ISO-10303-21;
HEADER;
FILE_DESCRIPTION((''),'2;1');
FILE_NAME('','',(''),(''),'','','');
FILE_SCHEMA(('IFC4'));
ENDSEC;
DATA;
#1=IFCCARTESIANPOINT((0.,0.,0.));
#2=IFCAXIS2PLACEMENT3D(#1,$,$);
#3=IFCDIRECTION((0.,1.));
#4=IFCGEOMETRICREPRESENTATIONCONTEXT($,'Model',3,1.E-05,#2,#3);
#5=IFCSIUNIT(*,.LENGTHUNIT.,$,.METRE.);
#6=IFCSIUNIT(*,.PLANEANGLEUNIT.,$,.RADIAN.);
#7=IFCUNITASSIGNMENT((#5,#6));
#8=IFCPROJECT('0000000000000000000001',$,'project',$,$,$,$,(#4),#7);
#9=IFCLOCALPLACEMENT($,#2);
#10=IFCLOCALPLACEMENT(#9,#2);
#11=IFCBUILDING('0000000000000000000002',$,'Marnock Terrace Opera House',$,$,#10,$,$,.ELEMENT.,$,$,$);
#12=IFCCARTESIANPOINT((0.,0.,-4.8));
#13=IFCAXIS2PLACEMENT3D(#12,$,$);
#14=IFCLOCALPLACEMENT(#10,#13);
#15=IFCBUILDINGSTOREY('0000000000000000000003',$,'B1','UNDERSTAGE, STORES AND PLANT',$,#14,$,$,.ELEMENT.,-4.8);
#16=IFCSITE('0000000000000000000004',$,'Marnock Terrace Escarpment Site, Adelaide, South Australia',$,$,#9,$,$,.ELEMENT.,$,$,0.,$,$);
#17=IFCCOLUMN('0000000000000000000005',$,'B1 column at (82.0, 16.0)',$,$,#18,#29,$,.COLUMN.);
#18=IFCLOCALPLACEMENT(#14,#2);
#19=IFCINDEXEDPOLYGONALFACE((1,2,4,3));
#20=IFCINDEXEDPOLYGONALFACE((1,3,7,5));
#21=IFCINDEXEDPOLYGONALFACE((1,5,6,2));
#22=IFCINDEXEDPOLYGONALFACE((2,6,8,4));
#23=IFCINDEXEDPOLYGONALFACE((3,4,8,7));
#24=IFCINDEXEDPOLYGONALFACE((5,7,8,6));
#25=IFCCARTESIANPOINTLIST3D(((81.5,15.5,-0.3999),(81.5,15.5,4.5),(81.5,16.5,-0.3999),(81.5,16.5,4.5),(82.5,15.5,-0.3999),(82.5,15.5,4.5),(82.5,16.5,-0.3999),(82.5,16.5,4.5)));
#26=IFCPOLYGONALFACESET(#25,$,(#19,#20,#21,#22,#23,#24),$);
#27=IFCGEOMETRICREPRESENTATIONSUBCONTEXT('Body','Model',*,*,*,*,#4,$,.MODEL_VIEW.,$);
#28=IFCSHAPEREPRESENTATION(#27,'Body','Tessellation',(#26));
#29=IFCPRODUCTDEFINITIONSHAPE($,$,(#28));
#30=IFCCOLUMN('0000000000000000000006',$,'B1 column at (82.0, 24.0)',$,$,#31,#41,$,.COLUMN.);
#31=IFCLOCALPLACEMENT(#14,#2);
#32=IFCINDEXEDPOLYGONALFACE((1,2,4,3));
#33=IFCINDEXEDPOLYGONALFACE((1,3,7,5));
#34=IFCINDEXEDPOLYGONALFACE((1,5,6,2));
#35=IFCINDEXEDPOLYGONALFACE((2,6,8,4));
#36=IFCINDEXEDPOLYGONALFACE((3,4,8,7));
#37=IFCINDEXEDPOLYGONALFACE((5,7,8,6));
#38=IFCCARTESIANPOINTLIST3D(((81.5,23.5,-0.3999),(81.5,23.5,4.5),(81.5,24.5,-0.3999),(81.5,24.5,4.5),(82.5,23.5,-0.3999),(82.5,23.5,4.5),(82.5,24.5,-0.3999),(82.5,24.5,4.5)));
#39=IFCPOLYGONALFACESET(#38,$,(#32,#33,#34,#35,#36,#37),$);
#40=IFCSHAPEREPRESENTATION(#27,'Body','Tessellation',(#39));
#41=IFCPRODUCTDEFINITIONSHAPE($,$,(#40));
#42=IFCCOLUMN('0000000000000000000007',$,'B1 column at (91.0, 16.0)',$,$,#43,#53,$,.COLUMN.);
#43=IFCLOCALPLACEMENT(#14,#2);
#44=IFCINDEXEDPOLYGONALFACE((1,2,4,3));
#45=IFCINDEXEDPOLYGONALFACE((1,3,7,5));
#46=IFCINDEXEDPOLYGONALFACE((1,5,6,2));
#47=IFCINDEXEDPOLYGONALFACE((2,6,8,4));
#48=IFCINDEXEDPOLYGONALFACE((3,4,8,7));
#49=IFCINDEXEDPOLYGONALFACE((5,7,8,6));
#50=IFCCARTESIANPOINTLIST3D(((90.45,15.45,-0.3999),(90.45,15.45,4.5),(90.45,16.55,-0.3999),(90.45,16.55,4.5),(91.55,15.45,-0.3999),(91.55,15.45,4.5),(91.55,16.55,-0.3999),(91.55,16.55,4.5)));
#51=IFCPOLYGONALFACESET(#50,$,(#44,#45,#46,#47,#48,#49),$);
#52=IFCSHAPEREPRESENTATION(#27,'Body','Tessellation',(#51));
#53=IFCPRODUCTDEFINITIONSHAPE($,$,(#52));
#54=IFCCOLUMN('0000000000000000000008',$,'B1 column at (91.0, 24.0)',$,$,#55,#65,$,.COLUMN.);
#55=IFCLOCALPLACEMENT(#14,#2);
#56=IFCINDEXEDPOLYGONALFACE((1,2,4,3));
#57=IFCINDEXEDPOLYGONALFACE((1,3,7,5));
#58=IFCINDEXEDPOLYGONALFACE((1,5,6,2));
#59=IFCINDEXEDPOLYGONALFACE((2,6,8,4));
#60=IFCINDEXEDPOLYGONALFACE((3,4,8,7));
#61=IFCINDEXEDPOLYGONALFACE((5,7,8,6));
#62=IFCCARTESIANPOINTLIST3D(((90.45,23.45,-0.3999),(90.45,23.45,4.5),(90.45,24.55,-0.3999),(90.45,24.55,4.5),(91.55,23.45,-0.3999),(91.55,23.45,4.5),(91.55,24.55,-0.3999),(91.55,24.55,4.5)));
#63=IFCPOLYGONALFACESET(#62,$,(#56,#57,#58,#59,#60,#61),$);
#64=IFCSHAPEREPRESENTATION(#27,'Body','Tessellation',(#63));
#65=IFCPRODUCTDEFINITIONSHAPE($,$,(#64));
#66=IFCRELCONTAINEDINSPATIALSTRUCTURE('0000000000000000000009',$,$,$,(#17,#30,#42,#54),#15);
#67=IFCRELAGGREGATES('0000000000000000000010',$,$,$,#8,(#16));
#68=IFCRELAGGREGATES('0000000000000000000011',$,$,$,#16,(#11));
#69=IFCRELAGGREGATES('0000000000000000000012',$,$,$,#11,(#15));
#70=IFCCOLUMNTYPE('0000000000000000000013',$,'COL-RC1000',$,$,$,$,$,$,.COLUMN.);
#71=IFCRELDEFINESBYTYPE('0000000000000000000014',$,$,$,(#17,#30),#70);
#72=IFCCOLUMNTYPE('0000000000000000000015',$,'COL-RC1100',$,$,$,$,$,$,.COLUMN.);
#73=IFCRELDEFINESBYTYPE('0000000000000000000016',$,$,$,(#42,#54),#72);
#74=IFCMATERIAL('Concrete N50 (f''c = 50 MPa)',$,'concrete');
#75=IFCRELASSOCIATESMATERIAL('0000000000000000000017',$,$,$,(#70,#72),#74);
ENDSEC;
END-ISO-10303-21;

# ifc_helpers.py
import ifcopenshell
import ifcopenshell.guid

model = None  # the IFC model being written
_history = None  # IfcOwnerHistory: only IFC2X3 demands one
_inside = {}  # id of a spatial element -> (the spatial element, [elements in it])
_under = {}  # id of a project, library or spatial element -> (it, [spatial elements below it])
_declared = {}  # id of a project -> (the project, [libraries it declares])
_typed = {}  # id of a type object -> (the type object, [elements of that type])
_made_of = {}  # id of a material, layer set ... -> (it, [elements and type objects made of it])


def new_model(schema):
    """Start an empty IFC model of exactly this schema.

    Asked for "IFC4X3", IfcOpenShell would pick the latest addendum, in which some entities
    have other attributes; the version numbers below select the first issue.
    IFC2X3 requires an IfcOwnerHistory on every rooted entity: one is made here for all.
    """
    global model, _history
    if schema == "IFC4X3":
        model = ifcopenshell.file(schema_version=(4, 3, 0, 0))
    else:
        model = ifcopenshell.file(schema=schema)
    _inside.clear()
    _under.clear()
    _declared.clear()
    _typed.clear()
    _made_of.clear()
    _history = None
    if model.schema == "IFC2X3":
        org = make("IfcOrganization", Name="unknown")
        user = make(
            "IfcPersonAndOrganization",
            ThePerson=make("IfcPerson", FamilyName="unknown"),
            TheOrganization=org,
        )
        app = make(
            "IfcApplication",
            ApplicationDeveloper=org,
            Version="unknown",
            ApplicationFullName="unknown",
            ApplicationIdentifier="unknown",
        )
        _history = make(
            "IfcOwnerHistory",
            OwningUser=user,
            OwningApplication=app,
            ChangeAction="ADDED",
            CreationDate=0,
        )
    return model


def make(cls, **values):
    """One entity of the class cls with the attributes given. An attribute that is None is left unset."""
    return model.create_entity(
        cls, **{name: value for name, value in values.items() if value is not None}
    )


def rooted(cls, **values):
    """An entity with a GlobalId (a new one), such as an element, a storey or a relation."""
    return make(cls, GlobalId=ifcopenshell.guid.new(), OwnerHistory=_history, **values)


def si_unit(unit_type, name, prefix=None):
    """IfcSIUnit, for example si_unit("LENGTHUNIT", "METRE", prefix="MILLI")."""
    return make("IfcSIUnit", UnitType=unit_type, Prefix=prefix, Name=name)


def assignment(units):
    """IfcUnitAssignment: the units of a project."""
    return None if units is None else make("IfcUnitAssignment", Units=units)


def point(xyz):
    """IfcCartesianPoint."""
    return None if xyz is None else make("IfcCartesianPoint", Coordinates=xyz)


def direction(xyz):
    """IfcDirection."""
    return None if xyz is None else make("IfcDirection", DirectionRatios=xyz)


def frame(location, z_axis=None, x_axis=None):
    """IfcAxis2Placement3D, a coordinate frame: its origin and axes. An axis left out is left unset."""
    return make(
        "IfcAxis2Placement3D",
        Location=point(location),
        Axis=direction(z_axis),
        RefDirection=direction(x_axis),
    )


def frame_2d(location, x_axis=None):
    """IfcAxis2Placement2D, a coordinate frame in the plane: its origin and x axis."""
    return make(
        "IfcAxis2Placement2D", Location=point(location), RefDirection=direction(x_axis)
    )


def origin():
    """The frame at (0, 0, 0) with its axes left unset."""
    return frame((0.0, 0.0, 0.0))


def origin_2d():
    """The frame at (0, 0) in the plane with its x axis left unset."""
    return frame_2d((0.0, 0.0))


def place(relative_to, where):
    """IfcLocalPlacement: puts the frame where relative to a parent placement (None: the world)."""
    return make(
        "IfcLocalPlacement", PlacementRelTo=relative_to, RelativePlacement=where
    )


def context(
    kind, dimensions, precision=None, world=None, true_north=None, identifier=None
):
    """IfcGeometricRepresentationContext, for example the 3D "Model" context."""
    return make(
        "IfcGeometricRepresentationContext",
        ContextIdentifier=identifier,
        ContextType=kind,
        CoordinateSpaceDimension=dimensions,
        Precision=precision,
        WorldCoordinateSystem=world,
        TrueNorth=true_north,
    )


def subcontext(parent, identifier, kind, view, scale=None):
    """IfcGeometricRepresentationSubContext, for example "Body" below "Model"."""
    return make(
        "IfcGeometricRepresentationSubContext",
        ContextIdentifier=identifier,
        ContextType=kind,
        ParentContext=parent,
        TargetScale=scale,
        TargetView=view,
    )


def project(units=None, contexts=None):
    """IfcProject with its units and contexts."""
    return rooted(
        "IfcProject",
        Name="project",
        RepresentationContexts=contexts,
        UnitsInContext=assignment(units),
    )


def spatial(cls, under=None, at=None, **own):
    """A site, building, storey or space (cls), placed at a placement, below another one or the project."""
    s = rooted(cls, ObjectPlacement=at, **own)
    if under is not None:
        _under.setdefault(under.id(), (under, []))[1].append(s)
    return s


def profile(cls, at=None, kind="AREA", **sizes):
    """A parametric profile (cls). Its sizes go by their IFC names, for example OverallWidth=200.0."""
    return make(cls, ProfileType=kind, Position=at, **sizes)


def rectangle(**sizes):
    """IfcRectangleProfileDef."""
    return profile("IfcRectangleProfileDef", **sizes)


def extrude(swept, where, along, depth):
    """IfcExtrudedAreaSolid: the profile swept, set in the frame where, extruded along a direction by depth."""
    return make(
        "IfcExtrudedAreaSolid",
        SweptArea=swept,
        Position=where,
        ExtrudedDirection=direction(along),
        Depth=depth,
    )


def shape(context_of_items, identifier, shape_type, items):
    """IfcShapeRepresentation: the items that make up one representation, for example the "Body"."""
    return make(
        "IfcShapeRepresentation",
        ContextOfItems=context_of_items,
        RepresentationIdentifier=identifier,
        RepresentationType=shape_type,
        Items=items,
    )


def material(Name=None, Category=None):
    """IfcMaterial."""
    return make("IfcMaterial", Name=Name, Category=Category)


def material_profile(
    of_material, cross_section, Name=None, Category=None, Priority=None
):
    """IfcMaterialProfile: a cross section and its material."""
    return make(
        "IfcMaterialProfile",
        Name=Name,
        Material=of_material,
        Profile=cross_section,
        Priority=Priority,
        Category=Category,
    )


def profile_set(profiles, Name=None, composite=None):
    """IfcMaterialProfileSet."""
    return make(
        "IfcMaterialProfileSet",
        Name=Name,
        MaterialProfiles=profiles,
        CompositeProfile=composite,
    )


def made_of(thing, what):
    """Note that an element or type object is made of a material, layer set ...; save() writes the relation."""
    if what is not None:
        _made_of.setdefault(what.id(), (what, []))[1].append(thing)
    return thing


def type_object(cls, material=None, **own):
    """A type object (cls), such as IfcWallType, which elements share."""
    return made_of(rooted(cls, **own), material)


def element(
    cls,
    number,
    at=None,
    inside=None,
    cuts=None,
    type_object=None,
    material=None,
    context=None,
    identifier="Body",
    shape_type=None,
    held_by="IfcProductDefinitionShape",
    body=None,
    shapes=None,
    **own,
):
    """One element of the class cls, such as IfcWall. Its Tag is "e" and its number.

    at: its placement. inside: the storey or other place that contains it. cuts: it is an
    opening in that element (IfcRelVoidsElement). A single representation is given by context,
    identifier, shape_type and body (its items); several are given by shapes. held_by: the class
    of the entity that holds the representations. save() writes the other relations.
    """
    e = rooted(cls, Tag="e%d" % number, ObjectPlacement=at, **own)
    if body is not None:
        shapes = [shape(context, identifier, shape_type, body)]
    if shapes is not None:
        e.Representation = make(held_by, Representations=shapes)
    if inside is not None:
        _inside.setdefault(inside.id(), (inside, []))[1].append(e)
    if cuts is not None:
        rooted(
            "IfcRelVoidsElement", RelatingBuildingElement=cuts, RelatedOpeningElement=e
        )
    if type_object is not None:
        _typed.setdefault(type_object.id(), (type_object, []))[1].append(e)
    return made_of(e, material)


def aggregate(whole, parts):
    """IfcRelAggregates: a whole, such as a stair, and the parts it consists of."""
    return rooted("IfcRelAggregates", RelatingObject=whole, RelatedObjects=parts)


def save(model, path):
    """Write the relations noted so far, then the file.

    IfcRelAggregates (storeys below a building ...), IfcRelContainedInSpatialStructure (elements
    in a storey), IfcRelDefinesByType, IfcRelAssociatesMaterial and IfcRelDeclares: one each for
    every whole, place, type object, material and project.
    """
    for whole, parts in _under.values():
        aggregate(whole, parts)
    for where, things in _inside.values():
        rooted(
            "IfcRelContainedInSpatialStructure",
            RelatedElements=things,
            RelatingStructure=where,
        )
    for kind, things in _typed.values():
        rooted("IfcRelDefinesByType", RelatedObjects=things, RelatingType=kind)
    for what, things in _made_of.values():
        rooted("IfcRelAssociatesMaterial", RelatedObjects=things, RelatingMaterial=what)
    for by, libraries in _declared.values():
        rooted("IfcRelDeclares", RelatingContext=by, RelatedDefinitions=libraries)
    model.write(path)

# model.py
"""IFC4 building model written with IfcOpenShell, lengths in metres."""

from ifc_helpers import new_model, si_unit, direction, frame, origin, origin_2d, place, context, subcontext, project, spatial, rectangle, extrude, material, material_profile, profile_set, type_object, element, save


model = new_model("IFC4")

# Units and contexts
model_context = context("Model", 3, precision=1e-05, world=origin(), true_north=direction((0.0, 1.0)))
body_context = subcontext(model_context, "Body", "Model", "MODEL_VIEW")
ifc_project = project(units=[si_unit("LENGTHUNIT", "METRE"), si_unit("PLANEANGLEUNIT", "RADIAN")], contexts=[model_context])

# Site, building, storey
site_placement = place(None, origin())
site = spatial("IfcSite", under=ifc_project, at=site_placement, Name="Marnock Terrace Escarpment Site, Adelaide, South Australia", CompositionType="ELEMENT", RefElevation=0.0)
building_placement = place(site_placement, origin())
building = spatial("IfcBuilding", under=site, at=building_placement, Name="Marnock Terrace Opera House", CompositionType="ELEMENT")
storey_placement = place(building_placement, frame((0.0, 0.0, -4.8)))
storey = spatial("IfcBuildingStorey", under=building, at=storey_placement, Name="B1", Description="UNDERSTAGE, STORES AND PLANT", CompositionType="ELEMENT", Elevation=-4.8)

# Columns
ifc_material_1 = material(Name="Concrete N50 (f'c = 50 MPa)", Category="concrete")
ifc_material_profile_1 = material_profile(ifc_material_1, rectangle(XDim=1.0, YDim=1.0, at=origin_2d()))
ifc_profile_set_1 = profile_set([ifc_material_profile_1], Name="Concrete N50 (f'c = 50 MPa)")
column_type_1 = type_object("IfcColumnType", Name="COL-RC1000", PredefinedType="COLUMN", material=ifc_profile_set_1)
for number, where, z_axis, x_axis, name in (
    (1, (82.0, 16.0, -0.3999), (0.0, 0.0, 1.0), (1.0, 0.0, 0.0), "B1 column at (82.0, 16.0)"),
    (2, (82.0, 24.0, -0.3999), (0.0, 0.0, 1.0), (1.0, 0.0, 0.0), "B1 column at (82.0, 24.0)"),
):
    element("IfcColumn", number, at=place(storey_placement, frame(where, z_axis=z_axis, x_axis=x_axis)), inside=storey, type_object=column_type_1, Name=name, PredefinedType="COLUMN", context=body_context, shape_type="SweptSolid", body=[
        extrude(rectangle(XDim=1.0, YDim=1.0, at=origin_2d()), origin(), (0.0, 0.0, 1.0), 4.8999),
    ])
ifc_material_profile_2 = material_profile(ifc_material_1, rectangle(XDim=1.1001, YDim=1.1001, at=origin_2d()))
ifc_profile_set_2 = profile_set([ifc_material_profile_2], Name="Concrete N50 (f'c = 50 MPa)")
column_type_2 = type_object("IfcColumnType", Name="COL-RC1100", PredefinedType="COLUMN", material=ifc_profile_set_2)
for number, where, z_axis, x_axis, name in (
    (3, (91.0, 16.0, -0.3999), (0.0, 0.0, 1.0), (1.0, 0.0, 0.0), "B1 column at (91.0, 16.0)"),
    (4, (91.0, 24.0, -0.3999), (0.0, 0.0, 1.0), (1.0, 0.0, 0.0), "B1 column at (91.0, 24.0)"),
):
    element("IfcColumn", number, at=place(storey_placement, frame(where, z_axis=z_axis, x_axis=x_axis)), inside=storey, type_object=column_type_2, Name=name, PredefinedType="COLUMN", context=body_context, shape_type="SweptSolid", body=[
        extrude(rectangle(XDim=1.1001, YDim=1.1001, at=origin_2d()), origin(), (0.0, 0.0, 1.0), 4.8999),
    ])

save(model, "model.ifc")
